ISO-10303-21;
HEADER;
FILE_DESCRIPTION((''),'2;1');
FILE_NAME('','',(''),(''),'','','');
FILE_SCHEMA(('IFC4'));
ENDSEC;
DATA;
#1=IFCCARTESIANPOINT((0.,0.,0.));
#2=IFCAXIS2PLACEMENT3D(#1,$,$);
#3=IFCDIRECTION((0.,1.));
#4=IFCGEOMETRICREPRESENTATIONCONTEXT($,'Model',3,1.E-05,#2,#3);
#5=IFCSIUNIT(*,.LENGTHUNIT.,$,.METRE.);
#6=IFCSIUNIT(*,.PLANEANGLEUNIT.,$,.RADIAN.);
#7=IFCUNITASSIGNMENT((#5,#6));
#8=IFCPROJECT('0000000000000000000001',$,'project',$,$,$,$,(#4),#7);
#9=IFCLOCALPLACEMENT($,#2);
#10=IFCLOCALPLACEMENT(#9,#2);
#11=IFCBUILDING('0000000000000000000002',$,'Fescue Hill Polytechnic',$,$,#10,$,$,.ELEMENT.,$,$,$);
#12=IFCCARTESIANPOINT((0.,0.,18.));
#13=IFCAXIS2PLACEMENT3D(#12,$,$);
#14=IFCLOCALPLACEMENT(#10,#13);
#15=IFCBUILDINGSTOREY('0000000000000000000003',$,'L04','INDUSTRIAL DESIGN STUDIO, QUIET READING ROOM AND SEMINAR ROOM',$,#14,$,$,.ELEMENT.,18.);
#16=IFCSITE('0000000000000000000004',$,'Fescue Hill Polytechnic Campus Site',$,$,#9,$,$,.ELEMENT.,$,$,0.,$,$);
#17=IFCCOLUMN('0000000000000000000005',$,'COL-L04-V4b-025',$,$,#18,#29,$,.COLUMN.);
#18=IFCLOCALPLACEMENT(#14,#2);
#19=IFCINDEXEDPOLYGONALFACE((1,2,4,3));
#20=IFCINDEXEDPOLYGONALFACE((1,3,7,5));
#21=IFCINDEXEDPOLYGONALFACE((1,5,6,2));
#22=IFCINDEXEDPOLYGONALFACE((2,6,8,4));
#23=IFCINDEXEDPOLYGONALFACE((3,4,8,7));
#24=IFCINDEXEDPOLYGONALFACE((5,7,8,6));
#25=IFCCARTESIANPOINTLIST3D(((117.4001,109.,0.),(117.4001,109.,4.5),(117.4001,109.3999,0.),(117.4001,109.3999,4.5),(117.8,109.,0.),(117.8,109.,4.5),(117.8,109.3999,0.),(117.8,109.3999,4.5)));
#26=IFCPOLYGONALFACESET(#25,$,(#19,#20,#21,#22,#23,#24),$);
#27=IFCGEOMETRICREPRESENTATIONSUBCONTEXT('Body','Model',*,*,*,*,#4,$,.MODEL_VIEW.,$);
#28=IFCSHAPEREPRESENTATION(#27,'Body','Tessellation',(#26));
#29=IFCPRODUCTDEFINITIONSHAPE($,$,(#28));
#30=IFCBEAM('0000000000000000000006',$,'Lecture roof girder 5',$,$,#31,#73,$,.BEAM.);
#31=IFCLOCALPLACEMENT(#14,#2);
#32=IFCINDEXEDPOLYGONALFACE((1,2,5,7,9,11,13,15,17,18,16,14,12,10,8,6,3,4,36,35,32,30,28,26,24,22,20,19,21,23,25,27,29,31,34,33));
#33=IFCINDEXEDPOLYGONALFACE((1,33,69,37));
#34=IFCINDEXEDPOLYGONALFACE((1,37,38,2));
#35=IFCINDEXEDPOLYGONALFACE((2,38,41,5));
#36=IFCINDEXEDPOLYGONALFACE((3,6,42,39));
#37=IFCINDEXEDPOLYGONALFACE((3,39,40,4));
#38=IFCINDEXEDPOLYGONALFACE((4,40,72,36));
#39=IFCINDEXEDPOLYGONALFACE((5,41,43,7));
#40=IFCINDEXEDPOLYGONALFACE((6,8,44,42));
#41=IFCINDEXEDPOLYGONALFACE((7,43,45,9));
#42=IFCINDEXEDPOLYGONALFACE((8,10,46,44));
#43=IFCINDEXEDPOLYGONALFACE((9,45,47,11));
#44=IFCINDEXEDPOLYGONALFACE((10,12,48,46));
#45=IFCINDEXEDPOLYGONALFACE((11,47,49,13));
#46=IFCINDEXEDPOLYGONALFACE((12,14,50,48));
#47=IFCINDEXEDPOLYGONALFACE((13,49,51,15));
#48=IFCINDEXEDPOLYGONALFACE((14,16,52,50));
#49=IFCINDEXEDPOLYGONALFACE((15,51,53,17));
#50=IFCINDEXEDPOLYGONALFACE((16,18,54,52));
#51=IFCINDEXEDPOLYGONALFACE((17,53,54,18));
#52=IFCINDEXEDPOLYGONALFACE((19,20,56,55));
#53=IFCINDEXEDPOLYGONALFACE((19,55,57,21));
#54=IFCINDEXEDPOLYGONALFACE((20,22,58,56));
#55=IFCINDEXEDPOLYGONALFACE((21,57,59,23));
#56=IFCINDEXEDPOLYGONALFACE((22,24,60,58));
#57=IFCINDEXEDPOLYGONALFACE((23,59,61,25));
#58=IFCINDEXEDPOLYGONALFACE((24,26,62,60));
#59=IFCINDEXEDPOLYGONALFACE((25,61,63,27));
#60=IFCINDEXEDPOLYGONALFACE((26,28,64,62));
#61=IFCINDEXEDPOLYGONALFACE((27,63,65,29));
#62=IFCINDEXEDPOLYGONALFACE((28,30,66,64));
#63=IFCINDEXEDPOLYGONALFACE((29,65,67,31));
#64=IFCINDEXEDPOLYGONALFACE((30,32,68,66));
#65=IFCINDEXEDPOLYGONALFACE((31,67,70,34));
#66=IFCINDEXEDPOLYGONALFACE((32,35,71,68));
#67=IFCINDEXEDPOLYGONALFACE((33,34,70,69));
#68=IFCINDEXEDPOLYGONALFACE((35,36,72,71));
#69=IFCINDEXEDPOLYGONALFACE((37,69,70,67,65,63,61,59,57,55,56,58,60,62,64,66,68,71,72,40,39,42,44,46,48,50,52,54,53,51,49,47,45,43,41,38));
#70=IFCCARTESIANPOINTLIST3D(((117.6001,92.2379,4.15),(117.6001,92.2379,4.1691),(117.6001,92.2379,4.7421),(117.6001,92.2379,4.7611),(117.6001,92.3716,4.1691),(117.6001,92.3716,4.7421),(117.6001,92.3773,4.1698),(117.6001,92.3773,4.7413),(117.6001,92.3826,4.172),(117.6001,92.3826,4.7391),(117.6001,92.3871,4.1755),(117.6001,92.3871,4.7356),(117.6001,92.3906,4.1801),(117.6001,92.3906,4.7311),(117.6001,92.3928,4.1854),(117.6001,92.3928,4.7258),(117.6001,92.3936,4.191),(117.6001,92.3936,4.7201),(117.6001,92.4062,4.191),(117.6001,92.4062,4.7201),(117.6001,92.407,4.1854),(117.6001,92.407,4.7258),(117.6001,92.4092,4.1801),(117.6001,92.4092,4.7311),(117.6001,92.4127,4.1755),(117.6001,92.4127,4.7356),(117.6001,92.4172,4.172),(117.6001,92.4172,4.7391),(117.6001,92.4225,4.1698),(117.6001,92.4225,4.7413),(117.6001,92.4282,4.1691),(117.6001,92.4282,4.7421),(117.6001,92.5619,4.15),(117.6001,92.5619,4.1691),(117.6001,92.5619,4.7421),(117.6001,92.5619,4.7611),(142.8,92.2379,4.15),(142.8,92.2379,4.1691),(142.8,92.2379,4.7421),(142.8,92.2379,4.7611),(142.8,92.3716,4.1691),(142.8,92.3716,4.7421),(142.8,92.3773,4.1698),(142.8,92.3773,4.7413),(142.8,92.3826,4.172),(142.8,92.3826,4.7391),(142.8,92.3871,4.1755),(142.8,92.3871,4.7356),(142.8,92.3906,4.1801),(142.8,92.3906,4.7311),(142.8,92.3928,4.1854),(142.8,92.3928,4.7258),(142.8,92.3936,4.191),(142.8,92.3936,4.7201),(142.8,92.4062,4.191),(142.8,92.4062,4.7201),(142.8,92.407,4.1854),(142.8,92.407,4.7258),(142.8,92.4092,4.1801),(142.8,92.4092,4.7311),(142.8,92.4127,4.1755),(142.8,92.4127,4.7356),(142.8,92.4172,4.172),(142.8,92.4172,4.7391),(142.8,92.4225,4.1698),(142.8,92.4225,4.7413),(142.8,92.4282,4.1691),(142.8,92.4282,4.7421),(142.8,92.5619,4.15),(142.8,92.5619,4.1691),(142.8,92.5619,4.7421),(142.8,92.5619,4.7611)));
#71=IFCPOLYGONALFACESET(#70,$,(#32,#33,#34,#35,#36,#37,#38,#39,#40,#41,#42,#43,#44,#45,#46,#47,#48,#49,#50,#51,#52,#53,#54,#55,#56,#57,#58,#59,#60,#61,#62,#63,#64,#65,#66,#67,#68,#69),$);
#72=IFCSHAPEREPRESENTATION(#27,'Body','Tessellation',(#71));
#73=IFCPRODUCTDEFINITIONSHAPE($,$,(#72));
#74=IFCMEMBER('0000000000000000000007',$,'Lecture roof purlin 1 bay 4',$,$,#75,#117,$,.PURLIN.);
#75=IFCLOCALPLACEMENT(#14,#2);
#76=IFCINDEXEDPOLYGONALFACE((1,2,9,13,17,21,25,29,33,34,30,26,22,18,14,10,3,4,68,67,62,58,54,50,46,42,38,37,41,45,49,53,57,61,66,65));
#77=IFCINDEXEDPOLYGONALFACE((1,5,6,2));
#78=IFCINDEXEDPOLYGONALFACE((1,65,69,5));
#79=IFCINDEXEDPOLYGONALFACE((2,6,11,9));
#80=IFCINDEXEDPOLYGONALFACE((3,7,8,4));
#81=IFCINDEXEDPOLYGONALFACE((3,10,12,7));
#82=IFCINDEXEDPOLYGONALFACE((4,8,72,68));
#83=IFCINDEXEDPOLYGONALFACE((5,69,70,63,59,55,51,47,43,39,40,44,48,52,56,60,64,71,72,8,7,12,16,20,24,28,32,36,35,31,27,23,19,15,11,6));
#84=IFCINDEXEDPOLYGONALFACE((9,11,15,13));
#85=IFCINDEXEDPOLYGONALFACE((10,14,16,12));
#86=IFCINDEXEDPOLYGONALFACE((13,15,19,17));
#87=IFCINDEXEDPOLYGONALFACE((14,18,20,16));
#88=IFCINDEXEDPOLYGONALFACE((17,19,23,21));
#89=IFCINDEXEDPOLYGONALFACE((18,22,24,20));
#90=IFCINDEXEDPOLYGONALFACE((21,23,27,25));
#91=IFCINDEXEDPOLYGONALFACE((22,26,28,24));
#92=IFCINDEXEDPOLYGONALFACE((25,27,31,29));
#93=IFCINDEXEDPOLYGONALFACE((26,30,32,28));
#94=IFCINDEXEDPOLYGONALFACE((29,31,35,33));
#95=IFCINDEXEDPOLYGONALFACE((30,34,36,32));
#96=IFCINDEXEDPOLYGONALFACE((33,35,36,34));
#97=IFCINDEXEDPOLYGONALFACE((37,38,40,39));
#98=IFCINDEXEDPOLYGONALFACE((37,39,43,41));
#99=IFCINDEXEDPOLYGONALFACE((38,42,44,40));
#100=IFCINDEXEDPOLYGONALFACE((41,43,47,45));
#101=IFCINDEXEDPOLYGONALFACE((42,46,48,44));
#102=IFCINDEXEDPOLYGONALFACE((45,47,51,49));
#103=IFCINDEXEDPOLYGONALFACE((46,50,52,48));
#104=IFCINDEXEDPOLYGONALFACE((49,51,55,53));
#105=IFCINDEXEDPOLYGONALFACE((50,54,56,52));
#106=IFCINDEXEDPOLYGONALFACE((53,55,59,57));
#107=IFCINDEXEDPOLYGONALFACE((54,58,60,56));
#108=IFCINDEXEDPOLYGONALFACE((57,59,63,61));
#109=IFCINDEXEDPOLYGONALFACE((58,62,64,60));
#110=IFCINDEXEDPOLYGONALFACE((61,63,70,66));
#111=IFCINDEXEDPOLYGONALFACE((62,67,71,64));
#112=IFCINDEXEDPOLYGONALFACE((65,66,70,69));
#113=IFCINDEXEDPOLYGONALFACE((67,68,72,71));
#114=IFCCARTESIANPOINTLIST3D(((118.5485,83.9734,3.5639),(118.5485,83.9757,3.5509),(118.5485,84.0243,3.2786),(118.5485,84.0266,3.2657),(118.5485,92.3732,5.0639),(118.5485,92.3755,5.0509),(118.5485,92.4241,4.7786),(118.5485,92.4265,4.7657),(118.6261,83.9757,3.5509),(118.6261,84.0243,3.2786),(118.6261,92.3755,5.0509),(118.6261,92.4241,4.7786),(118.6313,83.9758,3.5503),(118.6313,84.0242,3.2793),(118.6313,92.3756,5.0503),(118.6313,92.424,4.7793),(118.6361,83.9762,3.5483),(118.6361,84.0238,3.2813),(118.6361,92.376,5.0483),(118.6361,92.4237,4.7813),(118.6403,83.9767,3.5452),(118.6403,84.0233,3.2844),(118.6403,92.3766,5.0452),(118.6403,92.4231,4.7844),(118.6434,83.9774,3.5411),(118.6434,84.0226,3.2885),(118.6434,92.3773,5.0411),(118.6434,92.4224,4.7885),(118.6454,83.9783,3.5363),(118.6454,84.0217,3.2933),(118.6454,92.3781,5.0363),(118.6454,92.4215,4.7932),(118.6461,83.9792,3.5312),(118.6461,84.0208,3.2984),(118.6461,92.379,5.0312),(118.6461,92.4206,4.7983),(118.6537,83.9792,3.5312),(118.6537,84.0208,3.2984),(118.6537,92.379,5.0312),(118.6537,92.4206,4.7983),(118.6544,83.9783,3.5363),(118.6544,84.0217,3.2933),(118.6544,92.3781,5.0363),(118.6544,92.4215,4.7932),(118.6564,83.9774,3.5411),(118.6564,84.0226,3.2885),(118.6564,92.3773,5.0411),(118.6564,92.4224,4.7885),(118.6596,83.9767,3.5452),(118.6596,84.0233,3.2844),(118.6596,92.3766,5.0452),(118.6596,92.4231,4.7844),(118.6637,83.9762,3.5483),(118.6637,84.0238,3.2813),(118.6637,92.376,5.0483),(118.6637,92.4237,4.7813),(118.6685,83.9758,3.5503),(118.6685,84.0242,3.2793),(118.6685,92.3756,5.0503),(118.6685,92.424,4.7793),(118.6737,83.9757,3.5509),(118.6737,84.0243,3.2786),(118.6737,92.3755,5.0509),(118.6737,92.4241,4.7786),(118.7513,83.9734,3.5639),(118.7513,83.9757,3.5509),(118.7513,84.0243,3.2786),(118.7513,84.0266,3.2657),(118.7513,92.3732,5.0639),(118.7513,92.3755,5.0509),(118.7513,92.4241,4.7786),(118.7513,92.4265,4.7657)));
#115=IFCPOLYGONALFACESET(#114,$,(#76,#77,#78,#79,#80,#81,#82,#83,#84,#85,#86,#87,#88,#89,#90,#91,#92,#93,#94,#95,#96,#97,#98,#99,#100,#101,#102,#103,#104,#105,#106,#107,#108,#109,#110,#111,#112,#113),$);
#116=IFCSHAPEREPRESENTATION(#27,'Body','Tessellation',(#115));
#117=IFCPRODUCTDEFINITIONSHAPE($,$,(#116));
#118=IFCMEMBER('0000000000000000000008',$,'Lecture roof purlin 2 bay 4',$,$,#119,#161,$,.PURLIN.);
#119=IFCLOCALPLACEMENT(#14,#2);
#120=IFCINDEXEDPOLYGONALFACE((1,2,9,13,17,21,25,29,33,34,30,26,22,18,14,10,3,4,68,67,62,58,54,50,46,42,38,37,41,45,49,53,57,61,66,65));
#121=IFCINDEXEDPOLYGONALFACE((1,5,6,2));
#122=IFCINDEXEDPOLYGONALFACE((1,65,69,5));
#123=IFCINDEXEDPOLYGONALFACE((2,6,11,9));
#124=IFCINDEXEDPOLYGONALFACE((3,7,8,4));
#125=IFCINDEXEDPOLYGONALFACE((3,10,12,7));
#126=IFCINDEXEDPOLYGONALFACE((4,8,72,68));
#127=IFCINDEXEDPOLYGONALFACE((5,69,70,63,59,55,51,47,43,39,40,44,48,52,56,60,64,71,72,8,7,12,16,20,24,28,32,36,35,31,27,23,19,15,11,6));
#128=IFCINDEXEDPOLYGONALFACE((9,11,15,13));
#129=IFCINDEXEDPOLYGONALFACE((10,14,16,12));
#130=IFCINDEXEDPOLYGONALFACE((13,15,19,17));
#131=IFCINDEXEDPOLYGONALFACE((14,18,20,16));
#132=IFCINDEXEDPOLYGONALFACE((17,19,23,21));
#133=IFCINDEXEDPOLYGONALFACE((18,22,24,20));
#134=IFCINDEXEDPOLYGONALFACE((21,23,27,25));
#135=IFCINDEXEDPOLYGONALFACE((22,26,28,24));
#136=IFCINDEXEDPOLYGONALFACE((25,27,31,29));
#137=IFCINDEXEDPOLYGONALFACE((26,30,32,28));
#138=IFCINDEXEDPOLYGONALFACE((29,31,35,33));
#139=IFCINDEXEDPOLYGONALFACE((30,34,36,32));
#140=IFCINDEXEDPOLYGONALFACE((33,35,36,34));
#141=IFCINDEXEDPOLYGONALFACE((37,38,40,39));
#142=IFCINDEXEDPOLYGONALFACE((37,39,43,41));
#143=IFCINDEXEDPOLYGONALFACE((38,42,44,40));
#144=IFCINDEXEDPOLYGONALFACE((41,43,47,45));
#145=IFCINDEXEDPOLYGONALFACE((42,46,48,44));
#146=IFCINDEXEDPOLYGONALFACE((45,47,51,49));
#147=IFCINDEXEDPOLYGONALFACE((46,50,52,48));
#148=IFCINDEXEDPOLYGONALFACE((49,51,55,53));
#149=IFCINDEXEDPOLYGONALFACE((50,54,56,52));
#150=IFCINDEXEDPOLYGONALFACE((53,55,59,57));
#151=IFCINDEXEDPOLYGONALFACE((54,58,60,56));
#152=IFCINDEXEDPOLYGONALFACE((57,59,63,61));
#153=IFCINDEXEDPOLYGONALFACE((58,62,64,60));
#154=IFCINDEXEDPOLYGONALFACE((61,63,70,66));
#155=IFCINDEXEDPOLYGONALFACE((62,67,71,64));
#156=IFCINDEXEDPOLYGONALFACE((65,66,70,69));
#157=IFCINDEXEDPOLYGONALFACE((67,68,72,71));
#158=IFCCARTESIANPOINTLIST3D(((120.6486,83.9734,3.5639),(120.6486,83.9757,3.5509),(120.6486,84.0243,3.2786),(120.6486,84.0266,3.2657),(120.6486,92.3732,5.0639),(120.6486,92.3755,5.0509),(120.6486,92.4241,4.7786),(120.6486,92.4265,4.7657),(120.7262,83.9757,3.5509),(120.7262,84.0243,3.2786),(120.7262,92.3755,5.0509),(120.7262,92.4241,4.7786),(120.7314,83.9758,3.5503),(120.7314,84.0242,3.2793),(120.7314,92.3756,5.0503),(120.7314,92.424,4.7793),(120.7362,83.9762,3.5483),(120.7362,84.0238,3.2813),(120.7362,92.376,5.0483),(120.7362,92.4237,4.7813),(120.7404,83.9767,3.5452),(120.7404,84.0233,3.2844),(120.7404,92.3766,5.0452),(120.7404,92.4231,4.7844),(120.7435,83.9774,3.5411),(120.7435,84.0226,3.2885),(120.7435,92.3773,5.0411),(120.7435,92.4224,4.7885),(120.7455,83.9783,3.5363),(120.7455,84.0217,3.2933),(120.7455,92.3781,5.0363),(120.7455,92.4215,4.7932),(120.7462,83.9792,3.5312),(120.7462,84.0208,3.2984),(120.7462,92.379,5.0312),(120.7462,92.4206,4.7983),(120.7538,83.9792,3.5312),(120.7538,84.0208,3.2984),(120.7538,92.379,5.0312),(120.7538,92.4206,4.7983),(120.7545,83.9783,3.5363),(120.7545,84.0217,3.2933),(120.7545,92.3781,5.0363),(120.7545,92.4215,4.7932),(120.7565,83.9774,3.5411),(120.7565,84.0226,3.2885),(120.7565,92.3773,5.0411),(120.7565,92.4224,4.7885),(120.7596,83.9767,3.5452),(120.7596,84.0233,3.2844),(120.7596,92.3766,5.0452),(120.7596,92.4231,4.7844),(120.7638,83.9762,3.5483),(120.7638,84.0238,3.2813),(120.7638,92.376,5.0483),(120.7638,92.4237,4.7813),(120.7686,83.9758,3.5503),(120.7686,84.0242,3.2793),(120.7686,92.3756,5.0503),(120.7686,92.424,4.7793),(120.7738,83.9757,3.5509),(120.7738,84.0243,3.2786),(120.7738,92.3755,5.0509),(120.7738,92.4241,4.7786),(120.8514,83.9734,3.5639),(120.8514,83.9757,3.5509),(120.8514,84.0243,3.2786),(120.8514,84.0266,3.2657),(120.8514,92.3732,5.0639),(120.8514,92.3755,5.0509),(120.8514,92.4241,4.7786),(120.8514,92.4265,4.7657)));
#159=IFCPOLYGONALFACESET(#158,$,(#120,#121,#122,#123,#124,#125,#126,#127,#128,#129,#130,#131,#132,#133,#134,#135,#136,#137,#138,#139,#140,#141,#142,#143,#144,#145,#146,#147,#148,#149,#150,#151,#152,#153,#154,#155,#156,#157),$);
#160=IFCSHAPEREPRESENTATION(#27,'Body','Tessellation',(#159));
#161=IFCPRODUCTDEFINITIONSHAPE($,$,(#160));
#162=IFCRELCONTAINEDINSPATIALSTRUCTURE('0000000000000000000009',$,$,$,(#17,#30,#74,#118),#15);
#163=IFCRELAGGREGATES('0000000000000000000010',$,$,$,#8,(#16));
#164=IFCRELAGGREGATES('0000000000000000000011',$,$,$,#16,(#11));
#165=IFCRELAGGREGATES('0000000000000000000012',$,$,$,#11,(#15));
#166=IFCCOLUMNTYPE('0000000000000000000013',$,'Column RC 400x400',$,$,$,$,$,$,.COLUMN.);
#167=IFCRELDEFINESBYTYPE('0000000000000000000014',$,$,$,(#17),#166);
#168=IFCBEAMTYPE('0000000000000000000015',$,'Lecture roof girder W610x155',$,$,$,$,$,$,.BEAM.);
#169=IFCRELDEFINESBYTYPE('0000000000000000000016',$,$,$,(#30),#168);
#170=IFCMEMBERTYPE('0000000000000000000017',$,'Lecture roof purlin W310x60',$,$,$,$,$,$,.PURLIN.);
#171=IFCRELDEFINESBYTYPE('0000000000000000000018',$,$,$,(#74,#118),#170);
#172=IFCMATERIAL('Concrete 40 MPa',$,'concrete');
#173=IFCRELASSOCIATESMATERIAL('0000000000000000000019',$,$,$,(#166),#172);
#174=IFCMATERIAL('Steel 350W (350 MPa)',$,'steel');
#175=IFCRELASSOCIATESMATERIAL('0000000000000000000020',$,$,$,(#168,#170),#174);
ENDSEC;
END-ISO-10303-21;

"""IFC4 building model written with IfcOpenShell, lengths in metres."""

from ifc_helpers import new_model, si_unit, direction, frame, origin, origin_2d, place, context, subcontext, project, spatial, rectangle, i_section, extrude, material, material_profile, profile_set, type_object, element, save


model = new_model("IFC4")

# Units and contexts
model_context = context("Model", 3, precision=1e-05, world=origin(), true_north=direction((0.0, 1.0)))
body_context = subcontext(model_context, "Body", "Model", "MODEL_VIEW")
ifc_project = project(units=[si_unit("LENGTHUNIT", "METRE"), si_unit("PLANEANGLEUNIT", "RADIAN")], contexts=[model_context])

# Site, building, storey
site_placement = place(None, origin())
site = spatial("IfcSite", under=ifc_project, at=site_placement, Name="Fescue Hill Polytechnic Campus Site", CompositionType="ELEMENT", RefElevation=0.0)
building_placement = place(site_placement, origin())
building = spatial("IfcBuilding", under=site, at=building_placement, Name="Fescue Hill Polytechnic", CompositionType="ELEMENT")
storey_placement = place(building_placement, frame((0.0, 0.0, 18.0)))
storey = spatial("IfcBuildingStorey", under=building, at=storey_placement, Name="L04", Description="INDUSTRIAL DESIGN STUDIO, QUIET READING ROOM AND SEMINAR ROOM", CompositionType="ELEMENT", Elevation=18.0)

# Column
ifc_material_1 = material(Name="Concrete 40 MPa", Category="concrete")
ifc_material_profile_1 = material_profile(ifc_material_1, rectangle(XDim=0.3999, YDim=0.3999, at=origin_2d()), Name="RC 400x400")
ifc_profile_set_1 = profile_set([ifc_material_profile_1], Name="Concrete 40 MPa")
column_type = type_object("IfcColumnType", Name="Column RC 400x400", PredefinedType="COLUMN", material=ifc_profile_set_1)
column_placement = place(storey_placement, frame((117.6001, 109.2, 0.0), z_axis=(0.0, 0.0, 1.0), x_axis=(1.0, 0.0, 0.0)))
element("IfcColumn", 1, at=column_placement, inside=storey, type_object=column_type, Name="COL-L04-V4b-025", PredefinedType="COLUMN", context=body_context, shape_type="SweptSolid", body=[
    extrude(rectangle(XDim=0.3999, YDim=0.3999, at=origin_2d()), origin(), (0.0, 0.0, 1.0), 4.5),
])

# Beam
ifc_material_2 = material(Name="Steel 350W (350 MPa)", Category="steel")
ifc_material_profile_2 = material_profile(ifc_material_2, i_section(OverallWidth=0.324, OverallDepth=0.6111, WebThickness=0.0127, FlangeThickness=0.019, FilletRadius=0.022, at=origin_2d()), Name="W610x155")
ifc_profile_set_2 = profile_set([ifc_material_profile_2], Name="Steel 350W (350 MPa)")
beam_type = type_object("IfcBeamType", Name="Lecture roof girder W610x155", PredefinedType="BEAM", material=ifc_profile_set_2)
beam_placement = place(storey_placement, frame((117.6001, 92.3999, 4.4556), z_axis=(1.0, 0.0, 0.0), x_axis=(0.0, 1.0, 0.0)))
element("IfcBeam", 2, at=beam_placement, inside=storey, type_object=beam_type, Name="Lecture roof girder 5", PredefinedType="BEAM", context=body_context, shape_type="SweptSolid", body=[
    extrude(i_section(OverallWidth=0.324, OverallDepth=0.6111, WebThickness=0.0127, FlangeThickness=0.019, FilletRadius=0.022, at=origin_2d()), origin(), (0.0, 0.0, 1.0), 25.2),
])

# Members
ifc_material_profile_3 = material_profile(ifc_material_2, i_section(OverallWidth=0.2029, OverallDepth=0.303, WebThickness=0.0076, FlangeThickness=0.0132, FilletRadius=0.02, at=origin_2d()), Name="W310x60")
ifc_profile_set_3 = profile_set([ifc_material_profile_3], Name="Steel 350W (350 MPa)")
member_type = type_object("IfcMemberType", Name="Lecture roof purlin W310x60", PredefinedType="PURLIN", material=ifc_profile_set_3)
for number, where, z_axis, x_axis, name in (
    (3, (118.6499, 84.0, 3.4148), (0.0, 0.984427, 0.175793), (-1.0, 0.0, 0.0), "Lecture roof purlin 1 bay 4"),
    (4, (120.75, 84.0, 3.4148), (0.0, 0.984427, 0.175793), (-1.0, 0.0, 0.0), "Lecture roof purlin 2 bay 4"),
):
    element("IfcMember", number, at=place(storey_placement, frame(where, z_axis=z_axis, x_axis=x_axis)), inside=storey, type_object=member_type, Name=name, PredefinedType="PURLIN", context=body_context, shape_type="SweptSolid", body=[
        extrude(i_section(OverallWidth=0.2029, OverallDepth=0.303, WebThickness=0.0076, FlangeThickness=0.0132, FilletRadius=0.02, at=origin_2d()), origin(), (0.0, 0.0, 1.0), 8.5327),
    ])

save(model, "model.ifc")
